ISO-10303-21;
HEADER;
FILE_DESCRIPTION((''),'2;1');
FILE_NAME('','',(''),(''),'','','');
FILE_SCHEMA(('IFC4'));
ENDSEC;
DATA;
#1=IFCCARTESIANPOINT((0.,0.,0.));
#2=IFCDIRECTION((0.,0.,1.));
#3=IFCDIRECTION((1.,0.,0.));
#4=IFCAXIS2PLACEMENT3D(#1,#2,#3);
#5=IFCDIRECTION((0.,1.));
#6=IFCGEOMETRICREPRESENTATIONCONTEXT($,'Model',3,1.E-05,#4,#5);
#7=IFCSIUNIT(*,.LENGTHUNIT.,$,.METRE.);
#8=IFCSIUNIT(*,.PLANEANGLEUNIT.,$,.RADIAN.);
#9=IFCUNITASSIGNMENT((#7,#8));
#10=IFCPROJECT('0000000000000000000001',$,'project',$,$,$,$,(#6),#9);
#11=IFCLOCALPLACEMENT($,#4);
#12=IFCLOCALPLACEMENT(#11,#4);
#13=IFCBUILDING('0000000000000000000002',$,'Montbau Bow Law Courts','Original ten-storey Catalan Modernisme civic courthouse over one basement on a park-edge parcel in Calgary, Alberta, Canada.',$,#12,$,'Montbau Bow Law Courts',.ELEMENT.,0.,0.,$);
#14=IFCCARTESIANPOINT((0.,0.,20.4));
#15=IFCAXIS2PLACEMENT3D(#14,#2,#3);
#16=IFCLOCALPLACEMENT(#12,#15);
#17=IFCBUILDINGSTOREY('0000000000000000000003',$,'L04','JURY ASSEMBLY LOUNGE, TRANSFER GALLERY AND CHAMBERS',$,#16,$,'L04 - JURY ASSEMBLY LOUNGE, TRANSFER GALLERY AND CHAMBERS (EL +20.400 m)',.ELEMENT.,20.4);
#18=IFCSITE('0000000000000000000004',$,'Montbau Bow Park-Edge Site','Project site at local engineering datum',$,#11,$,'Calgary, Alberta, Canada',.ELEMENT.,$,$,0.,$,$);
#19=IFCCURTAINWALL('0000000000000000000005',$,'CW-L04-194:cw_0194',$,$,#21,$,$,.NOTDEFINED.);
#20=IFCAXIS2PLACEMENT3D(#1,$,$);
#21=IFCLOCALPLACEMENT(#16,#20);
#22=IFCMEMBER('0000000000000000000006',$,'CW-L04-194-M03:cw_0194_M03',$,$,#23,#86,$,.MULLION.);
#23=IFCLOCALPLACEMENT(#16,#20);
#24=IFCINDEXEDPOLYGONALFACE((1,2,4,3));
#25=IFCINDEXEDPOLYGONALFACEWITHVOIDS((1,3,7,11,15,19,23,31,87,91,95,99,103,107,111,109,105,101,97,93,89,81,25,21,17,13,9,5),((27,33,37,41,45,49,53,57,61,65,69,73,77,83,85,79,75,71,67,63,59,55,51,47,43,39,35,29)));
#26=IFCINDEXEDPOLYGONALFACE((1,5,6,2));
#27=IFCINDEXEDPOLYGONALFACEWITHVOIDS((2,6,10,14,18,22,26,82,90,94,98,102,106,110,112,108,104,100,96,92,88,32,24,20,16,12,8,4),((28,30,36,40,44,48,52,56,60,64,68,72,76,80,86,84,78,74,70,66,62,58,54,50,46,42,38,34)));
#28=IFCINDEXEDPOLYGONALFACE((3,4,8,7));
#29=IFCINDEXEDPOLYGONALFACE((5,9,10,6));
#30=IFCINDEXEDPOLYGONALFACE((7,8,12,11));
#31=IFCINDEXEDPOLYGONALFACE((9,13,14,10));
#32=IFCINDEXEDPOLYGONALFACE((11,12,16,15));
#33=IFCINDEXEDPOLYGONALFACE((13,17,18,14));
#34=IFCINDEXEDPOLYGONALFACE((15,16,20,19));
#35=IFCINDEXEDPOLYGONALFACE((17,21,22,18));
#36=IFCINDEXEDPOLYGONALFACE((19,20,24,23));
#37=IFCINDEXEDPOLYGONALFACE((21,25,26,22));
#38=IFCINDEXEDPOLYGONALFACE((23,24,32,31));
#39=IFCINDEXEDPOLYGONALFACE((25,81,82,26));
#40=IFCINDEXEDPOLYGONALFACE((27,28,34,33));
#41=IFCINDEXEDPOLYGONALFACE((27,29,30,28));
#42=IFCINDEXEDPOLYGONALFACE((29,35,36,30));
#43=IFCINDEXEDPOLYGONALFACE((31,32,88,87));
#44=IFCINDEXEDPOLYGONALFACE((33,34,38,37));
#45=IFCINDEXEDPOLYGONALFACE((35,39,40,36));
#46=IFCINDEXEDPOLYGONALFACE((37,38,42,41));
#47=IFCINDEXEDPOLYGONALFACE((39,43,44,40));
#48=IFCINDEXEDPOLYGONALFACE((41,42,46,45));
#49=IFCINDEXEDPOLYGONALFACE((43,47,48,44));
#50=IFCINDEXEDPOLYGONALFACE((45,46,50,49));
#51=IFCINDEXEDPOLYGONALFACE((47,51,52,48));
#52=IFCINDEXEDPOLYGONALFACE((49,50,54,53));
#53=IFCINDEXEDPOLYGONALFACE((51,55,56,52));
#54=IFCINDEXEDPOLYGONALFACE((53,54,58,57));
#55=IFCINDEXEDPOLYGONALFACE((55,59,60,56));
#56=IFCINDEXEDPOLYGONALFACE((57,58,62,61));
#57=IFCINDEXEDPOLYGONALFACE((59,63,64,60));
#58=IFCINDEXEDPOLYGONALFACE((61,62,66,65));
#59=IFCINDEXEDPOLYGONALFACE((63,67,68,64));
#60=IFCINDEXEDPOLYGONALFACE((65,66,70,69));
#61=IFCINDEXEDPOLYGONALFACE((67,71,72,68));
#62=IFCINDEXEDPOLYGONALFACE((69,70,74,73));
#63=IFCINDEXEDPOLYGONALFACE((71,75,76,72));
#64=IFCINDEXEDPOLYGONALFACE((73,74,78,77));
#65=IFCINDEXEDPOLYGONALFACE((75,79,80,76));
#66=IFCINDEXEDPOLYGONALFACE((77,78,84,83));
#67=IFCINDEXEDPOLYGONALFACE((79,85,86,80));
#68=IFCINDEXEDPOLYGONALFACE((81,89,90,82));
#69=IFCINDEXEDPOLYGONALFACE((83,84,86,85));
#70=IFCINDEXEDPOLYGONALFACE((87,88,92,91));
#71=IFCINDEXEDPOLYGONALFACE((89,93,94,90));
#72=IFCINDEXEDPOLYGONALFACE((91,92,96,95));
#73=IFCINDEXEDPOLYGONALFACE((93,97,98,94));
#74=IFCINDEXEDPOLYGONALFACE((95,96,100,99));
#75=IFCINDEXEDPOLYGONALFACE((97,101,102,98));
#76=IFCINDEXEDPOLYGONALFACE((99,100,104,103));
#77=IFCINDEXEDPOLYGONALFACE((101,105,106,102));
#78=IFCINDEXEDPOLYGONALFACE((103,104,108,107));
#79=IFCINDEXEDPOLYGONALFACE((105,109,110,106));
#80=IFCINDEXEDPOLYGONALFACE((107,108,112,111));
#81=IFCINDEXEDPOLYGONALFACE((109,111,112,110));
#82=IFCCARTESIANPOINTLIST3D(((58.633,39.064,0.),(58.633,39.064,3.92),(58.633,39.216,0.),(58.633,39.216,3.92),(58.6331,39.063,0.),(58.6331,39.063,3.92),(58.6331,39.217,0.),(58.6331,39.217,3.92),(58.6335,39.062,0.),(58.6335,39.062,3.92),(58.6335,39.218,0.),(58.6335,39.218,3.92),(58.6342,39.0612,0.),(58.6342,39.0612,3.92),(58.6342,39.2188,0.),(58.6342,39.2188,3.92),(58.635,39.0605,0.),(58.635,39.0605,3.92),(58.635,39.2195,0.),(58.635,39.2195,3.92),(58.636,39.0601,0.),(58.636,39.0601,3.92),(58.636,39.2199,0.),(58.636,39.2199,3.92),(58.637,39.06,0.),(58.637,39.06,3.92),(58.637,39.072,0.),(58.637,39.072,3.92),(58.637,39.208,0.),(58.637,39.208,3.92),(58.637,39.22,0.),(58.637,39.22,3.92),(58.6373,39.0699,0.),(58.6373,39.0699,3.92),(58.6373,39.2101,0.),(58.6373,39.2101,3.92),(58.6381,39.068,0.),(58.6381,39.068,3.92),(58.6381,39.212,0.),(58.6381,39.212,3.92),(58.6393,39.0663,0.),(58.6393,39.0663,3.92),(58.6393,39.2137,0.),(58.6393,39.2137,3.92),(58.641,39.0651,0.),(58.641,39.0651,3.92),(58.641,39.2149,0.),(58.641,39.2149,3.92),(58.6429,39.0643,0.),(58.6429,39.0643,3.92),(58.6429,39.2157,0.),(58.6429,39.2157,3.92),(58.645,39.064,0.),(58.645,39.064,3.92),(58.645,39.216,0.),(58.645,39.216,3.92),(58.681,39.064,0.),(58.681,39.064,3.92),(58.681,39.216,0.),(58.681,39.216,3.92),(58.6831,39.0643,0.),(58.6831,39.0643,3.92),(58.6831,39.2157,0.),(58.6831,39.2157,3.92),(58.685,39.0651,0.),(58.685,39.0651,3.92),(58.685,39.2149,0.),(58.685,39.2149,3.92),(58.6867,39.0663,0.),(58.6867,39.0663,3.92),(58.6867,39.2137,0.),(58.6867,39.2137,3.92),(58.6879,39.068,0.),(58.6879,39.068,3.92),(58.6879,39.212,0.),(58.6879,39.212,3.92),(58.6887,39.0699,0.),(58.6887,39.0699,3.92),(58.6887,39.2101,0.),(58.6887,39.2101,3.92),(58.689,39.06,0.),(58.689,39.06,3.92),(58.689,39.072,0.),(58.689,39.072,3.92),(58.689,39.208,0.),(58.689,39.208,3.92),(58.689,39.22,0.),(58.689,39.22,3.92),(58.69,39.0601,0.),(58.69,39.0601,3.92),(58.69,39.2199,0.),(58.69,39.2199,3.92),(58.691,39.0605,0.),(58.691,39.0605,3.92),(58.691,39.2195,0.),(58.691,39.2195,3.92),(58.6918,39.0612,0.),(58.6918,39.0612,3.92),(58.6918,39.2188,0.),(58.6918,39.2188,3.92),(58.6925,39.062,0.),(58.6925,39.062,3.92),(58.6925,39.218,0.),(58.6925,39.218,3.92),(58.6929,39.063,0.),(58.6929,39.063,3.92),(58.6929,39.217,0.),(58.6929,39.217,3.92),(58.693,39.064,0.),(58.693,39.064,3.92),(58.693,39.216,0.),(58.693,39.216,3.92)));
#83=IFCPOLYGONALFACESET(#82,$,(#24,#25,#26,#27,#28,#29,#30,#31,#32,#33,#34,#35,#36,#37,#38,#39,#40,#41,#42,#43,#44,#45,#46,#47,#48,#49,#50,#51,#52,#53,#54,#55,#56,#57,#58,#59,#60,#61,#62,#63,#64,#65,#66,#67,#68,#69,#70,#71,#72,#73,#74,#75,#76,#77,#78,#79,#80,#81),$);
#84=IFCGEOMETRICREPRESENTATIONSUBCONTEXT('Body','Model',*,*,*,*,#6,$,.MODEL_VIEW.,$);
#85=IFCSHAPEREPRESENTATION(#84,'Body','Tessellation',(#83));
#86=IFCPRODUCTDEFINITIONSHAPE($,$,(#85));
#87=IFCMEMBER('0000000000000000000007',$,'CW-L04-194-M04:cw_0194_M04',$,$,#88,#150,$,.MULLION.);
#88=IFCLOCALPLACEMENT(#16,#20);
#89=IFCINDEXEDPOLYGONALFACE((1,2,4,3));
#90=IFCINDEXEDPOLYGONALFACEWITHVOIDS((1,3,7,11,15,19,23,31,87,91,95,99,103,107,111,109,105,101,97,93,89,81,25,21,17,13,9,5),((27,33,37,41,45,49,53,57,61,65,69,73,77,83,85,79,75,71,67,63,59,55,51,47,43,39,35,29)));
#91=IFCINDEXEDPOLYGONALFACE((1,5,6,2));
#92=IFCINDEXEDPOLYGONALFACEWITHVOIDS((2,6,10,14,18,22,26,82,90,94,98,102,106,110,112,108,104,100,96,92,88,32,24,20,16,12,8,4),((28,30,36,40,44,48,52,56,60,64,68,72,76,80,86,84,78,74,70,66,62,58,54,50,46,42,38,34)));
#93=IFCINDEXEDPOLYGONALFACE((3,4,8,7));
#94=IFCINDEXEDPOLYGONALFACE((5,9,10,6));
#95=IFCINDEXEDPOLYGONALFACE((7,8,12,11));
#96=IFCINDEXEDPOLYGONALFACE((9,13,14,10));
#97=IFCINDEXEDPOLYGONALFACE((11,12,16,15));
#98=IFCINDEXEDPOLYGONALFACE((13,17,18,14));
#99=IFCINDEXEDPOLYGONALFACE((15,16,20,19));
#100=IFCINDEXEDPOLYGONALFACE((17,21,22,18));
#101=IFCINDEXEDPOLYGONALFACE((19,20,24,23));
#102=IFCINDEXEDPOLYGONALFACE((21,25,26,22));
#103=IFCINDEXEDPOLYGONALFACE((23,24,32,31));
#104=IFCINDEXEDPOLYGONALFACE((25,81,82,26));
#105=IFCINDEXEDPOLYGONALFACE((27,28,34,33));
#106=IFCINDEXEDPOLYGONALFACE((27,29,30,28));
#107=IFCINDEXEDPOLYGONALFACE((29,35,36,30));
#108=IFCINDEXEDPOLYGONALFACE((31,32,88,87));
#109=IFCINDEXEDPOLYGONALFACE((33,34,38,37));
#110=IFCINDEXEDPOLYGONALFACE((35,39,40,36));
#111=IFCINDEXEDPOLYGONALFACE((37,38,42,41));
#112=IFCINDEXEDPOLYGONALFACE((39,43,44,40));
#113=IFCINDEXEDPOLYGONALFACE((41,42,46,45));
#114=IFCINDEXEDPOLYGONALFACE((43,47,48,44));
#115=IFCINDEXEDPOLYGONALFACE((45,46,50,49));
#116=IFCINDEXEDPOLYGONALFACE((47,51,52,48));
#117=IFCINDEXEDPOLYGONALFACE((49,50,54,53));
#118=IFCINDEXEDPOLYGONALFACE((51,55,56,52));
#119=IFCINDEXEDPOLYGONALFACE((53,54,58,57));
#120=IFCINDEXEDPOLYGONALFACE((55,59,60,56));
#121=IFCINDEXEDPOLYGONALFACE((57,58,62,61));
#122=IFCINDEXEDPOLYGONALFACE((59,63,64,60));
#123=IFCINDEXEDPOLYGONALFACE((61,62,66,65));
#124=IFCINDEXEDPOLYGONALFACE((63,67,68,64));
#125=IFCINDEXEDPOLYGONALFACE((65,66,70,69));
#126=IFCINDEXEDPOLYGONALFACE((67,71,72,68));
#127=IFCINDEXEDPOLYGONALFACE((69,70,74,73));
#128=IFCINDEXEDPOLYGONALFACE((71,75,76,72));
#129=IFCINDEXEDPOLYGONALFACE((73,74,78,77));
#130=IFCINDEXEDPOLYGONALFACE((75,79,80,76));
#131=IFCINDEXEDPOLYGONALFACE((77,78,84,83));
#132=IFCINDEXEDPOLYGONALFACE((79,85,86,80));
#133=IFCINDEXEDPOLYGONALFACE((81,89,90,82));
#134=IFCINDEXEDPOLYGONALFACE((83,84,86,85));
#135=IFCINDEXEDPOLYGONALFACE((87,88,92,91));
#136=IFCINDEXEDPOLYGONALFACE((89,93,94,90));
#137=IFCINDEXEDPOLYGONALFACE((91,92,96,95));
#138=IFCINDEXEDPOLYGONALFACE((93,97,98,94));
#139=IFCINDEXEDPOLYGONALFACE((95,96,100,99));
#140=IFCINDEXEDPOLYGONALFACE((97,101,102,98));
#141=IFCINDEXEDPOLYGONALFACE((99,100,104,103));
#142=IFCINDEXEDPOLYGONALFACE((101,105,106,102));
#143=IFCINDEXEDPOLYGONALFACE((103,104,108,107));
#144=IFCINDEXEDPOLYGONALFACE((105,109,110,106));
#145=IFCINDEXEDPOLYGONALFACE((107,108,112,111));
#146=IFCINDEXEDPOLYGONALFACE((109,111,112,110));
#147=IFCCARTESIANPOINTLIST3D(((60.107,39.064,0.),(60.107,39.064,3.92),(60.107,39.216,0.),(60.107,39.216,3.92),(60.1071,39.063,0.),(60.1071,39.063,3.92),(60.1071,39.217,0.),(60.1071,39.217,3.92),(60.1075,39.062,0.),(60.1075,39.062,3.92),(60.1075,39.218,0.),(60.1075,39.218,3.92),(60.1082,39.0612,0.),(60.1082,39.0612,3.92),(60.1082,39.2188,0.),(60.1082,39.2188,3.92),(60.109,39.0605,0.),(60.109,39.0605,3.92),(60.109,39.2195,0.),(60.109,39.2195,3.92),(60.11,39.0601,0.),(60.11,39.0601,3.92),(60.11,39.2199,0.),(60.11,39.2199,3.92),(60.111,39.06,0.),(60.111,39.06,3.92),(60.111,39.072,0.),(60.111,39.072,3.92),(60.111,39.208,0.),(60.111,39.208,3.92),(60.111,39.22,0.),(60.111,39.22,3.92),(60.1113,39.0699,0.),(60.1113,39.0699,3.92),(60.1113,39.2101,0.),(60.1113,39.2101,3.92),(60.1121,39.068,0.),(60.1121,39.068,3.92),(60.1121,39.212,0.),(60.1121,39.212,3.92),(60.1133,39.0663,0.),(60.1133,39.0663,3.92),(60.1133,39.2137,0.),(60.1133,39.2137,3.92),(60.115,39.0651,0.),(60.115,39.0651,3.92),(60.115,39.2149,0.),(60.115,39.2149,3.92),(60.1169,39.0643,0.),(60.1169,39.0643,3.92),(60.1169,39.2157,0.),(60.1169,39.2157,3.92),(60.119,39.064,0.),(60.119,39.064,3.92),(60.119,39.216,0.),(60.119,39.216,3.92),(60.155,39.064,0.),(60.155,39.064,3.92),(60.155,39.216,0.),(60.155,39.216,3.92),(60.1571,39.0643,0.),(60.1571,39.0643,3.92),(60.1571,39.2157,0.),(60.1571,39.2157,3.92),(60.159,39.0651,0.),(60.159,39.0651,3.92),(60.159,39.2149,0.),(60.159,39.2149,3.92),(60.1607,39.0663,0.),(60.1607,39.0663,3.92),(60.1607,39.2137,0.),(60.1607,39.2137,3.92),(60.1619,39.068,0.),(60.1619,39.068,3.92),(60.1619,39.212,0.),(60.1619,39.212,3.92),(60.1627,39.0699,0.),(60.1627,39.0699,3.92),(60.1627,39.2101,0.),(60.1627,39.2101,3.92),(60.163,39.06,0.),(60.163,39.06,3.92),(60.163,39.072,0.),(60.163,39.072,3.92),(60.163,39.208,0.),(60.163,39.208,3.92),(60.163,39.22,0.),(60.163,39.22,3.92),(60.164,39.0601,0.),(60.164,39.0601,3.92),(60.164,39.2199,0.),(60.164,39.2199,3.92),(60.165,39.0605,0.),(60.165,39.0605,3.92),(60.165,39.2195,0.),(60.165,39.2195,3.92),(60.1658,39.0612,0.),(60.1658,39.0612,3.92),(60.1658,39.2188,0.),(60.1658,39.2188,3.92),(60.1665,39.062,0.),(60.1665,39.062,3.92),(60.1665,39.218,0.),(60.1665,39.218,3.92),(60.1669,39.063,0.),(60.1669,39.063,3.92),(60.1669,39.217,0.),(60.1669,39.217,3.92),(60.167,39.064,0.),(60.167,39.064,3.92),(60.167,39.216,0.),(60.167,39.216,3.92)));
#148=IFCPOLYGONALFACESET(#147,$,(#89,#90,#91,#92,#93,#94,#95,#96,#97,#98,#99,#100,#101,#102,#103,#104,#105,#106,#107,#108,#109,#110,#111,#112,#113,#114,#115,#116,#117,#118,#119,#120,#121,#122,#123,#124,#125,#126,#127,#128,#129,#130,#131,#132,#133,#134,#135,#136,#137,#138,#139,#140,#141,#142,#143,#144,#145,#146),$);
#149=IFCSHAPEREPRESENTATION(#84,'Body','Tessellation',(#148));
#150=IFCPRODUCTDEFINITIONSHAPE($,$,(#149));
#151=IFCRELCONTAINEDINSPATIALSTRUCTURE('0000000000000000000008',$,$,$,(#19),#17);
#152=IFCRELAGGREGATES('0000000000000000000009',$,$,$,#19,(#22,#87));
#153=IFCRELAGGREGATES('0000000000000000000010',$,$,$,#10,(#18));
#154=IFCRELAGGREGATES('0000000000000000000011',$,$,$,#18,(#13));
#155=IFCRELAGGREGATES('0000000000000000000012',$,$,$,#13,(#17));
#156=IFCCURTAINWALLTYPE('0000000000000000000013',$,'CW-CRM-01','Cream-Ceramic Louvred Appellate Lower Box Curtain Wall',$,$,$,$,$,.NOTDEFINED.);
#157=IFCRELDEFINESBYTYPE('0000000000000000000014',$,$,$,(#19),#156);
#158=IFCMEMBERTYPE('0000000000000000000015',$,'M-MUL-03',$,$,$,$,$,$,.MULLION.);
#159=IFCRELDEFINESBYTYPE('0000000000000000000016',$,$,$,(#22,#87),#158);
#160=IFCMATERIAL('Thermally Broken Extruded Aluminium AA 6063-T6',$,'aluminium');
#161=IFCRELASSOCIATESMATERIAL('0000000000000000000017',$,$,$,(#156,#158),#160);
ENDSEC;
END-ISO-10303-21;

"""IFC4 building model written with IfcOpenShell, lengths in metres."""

from ifc_helpers import new_model, si_unit, direction, frame, origin_with_axes, origin_2d_with_axis, place, context, subcontext, project, spatial, hollow_rectangle, extrude, material, material_profile, profile_set, type_object, element, aggregate, save


model = new_model("IFC4")

# Units and contexts
model_context = context("Model", 3, precision=1e-05, world=origin_with_axes(), true_north=direction((0.0, 1.0)))
body_context = subcontext(model_context, "Body", "Model", "MODEL_VIEW")
ifc_project = project(units=[si_unit("LENGTHUNIT", "METRE"), si_unit("PLANEANGLEUNIT", "RADIAN")], contexts=[model_context])

# Site, building, storey
site_placement = place(None, origin_with_axes())
site = spatial("IfcSite", under=ifc_project, at=site_placement, Name="Montbau Bow Park-Edge Site", Description="Project site at local engineering datum", LongName="Calgary, Alberta, Canada", CompositionType="ELEMENT", RefElevation=0.0)
building_placement = place(site_placement, origin_with_axes())
building = spatial("IfcBuilding", under=site, at=building_placement, Name="Montbau Bow Law Courts", Description="Original ten-storey Catalan Modernisme civic courthouse over one basement on a park-edge parcel in Calgary, Alberta, Canada.", LongName="Montbau Bow Law Courts", CompositionType="ELEMENT", ElevationOfRefHeight=0.0, ElevationOfTerrain=0.0)
storey_placement = place(building_placement, frame((0.0, 0.0, 20.4), z_axis=(0.0, 0.0, 1.0), x_axis=(1.0, 0.0, 0.0)))
storey = spatial("IfcBuildingStorey", under=building, at=storey_placement, Name="L04", Description="JURY ASSEMBLY LOUNGE, TRANSFER GALLERY AND CHAMBERS", LongName="L04 - JURY ASSEMBLY LOUNGE, TRANSFER GALLERY AND CHAMBERS (EL +20.400 m)", CompositionType="ELEMENT", Elevation=20.4)

# Curtain wall, members
ifc_material_1 = material(Name="Thermally Broken Extruded Aluminium AA 6063-T6", Category="aluminium")
curtain_wall_type = type_object("IfcCurtainWallType", Name="CW-CRM-01", Description="Cream-Ceramic Louvred Appellate Lower Box Curtain Wall", PredefinedType="NOTDEFINED", material=ifc_material_1)
curtain_wall_placement = place(None, frame((55.715, 39.14, 20.4), z_axis=(0.0, 0.0, 1.0), x_axis=(1.0, 0.0, 0.0)))
curtain_wall = element("IfcCurtainWall", 1, at=curtain_wall_placement, inside=storey, type_object=curtain_wall_type, Name="CW-L04-194:cw_0194", PredefinedType="NOTDEFINED")
ifc_material_profile_1 = material_profile(ifc_material_1, hollow_rectangle(XDim=0.06, YDim=0.16, WallThickness=0.004, InnerFilletRadius=0.008, OuterFilletRadius=0.004, at=origin_2d_with_axis()), Name="CWM-160X60", Category="Main", Priority=0)
ifc_profile_set_1 = profile_set([ifc_material_profile_1], Name="Thermally Broken Extruded Aluminium AA 6063-T6")
member_type_1 = type_object("IfcMemberType", Name="M-MUL-03", PredefinedType="MULLION", material=ifc_profile_set_1)
member_1_placement = place(None, frame((58.663, 39.14, 20.4), z_axis=(0.0, 0.0, 1.0), x_axis=(1.0, 0.0, 0.0)))
member_1 = element("IfcMember", 2, at=member_1_placement, type_object=member_type_1, Name="CW-L04-194-M03:cw_0194_M03", PredefinedType="MULLION", context=body_context, shape_type="SweptSolid", body=[
    extrude(hollow_rectangle(XDim=0.06, YDim=0.16, WallThickness=0.004, InnerFilletRadius=0.008, OuterFilletRadius=0.004, at=origin_2d_with_axis()), origin_with_axes(), (0.0, 0.0, 1.0), 3.92),
])
member_2_placement = place(None, frame((60.137, 39.14, 20.4), z_axis=(0.0, 0.0, 1.0), x_axis=(1.0, 0.0, 0.0)))
member_2 = element("IfcMember", 3, at=member_2_placement, type_object=member_type_1, Name="CW-L04-194-M04:cw_0194_M04", PredefinedType="MULLION", context=body_context, shape_type="SweptSolid", body=[
    extrude(hollow_rectangle(XDim=0.06, YDim=0.16, WallThickness=0.004, InnerFilletRadius=0.008, OuterFilletRadius=0.004, at=origin_2d_with_axis()), origin_with_axes(), (0.0, 0.0, 1.0), 3.92),
])
aggregate(curtain_wall, [member_1, member_2])

save(model, "model.ifc")
